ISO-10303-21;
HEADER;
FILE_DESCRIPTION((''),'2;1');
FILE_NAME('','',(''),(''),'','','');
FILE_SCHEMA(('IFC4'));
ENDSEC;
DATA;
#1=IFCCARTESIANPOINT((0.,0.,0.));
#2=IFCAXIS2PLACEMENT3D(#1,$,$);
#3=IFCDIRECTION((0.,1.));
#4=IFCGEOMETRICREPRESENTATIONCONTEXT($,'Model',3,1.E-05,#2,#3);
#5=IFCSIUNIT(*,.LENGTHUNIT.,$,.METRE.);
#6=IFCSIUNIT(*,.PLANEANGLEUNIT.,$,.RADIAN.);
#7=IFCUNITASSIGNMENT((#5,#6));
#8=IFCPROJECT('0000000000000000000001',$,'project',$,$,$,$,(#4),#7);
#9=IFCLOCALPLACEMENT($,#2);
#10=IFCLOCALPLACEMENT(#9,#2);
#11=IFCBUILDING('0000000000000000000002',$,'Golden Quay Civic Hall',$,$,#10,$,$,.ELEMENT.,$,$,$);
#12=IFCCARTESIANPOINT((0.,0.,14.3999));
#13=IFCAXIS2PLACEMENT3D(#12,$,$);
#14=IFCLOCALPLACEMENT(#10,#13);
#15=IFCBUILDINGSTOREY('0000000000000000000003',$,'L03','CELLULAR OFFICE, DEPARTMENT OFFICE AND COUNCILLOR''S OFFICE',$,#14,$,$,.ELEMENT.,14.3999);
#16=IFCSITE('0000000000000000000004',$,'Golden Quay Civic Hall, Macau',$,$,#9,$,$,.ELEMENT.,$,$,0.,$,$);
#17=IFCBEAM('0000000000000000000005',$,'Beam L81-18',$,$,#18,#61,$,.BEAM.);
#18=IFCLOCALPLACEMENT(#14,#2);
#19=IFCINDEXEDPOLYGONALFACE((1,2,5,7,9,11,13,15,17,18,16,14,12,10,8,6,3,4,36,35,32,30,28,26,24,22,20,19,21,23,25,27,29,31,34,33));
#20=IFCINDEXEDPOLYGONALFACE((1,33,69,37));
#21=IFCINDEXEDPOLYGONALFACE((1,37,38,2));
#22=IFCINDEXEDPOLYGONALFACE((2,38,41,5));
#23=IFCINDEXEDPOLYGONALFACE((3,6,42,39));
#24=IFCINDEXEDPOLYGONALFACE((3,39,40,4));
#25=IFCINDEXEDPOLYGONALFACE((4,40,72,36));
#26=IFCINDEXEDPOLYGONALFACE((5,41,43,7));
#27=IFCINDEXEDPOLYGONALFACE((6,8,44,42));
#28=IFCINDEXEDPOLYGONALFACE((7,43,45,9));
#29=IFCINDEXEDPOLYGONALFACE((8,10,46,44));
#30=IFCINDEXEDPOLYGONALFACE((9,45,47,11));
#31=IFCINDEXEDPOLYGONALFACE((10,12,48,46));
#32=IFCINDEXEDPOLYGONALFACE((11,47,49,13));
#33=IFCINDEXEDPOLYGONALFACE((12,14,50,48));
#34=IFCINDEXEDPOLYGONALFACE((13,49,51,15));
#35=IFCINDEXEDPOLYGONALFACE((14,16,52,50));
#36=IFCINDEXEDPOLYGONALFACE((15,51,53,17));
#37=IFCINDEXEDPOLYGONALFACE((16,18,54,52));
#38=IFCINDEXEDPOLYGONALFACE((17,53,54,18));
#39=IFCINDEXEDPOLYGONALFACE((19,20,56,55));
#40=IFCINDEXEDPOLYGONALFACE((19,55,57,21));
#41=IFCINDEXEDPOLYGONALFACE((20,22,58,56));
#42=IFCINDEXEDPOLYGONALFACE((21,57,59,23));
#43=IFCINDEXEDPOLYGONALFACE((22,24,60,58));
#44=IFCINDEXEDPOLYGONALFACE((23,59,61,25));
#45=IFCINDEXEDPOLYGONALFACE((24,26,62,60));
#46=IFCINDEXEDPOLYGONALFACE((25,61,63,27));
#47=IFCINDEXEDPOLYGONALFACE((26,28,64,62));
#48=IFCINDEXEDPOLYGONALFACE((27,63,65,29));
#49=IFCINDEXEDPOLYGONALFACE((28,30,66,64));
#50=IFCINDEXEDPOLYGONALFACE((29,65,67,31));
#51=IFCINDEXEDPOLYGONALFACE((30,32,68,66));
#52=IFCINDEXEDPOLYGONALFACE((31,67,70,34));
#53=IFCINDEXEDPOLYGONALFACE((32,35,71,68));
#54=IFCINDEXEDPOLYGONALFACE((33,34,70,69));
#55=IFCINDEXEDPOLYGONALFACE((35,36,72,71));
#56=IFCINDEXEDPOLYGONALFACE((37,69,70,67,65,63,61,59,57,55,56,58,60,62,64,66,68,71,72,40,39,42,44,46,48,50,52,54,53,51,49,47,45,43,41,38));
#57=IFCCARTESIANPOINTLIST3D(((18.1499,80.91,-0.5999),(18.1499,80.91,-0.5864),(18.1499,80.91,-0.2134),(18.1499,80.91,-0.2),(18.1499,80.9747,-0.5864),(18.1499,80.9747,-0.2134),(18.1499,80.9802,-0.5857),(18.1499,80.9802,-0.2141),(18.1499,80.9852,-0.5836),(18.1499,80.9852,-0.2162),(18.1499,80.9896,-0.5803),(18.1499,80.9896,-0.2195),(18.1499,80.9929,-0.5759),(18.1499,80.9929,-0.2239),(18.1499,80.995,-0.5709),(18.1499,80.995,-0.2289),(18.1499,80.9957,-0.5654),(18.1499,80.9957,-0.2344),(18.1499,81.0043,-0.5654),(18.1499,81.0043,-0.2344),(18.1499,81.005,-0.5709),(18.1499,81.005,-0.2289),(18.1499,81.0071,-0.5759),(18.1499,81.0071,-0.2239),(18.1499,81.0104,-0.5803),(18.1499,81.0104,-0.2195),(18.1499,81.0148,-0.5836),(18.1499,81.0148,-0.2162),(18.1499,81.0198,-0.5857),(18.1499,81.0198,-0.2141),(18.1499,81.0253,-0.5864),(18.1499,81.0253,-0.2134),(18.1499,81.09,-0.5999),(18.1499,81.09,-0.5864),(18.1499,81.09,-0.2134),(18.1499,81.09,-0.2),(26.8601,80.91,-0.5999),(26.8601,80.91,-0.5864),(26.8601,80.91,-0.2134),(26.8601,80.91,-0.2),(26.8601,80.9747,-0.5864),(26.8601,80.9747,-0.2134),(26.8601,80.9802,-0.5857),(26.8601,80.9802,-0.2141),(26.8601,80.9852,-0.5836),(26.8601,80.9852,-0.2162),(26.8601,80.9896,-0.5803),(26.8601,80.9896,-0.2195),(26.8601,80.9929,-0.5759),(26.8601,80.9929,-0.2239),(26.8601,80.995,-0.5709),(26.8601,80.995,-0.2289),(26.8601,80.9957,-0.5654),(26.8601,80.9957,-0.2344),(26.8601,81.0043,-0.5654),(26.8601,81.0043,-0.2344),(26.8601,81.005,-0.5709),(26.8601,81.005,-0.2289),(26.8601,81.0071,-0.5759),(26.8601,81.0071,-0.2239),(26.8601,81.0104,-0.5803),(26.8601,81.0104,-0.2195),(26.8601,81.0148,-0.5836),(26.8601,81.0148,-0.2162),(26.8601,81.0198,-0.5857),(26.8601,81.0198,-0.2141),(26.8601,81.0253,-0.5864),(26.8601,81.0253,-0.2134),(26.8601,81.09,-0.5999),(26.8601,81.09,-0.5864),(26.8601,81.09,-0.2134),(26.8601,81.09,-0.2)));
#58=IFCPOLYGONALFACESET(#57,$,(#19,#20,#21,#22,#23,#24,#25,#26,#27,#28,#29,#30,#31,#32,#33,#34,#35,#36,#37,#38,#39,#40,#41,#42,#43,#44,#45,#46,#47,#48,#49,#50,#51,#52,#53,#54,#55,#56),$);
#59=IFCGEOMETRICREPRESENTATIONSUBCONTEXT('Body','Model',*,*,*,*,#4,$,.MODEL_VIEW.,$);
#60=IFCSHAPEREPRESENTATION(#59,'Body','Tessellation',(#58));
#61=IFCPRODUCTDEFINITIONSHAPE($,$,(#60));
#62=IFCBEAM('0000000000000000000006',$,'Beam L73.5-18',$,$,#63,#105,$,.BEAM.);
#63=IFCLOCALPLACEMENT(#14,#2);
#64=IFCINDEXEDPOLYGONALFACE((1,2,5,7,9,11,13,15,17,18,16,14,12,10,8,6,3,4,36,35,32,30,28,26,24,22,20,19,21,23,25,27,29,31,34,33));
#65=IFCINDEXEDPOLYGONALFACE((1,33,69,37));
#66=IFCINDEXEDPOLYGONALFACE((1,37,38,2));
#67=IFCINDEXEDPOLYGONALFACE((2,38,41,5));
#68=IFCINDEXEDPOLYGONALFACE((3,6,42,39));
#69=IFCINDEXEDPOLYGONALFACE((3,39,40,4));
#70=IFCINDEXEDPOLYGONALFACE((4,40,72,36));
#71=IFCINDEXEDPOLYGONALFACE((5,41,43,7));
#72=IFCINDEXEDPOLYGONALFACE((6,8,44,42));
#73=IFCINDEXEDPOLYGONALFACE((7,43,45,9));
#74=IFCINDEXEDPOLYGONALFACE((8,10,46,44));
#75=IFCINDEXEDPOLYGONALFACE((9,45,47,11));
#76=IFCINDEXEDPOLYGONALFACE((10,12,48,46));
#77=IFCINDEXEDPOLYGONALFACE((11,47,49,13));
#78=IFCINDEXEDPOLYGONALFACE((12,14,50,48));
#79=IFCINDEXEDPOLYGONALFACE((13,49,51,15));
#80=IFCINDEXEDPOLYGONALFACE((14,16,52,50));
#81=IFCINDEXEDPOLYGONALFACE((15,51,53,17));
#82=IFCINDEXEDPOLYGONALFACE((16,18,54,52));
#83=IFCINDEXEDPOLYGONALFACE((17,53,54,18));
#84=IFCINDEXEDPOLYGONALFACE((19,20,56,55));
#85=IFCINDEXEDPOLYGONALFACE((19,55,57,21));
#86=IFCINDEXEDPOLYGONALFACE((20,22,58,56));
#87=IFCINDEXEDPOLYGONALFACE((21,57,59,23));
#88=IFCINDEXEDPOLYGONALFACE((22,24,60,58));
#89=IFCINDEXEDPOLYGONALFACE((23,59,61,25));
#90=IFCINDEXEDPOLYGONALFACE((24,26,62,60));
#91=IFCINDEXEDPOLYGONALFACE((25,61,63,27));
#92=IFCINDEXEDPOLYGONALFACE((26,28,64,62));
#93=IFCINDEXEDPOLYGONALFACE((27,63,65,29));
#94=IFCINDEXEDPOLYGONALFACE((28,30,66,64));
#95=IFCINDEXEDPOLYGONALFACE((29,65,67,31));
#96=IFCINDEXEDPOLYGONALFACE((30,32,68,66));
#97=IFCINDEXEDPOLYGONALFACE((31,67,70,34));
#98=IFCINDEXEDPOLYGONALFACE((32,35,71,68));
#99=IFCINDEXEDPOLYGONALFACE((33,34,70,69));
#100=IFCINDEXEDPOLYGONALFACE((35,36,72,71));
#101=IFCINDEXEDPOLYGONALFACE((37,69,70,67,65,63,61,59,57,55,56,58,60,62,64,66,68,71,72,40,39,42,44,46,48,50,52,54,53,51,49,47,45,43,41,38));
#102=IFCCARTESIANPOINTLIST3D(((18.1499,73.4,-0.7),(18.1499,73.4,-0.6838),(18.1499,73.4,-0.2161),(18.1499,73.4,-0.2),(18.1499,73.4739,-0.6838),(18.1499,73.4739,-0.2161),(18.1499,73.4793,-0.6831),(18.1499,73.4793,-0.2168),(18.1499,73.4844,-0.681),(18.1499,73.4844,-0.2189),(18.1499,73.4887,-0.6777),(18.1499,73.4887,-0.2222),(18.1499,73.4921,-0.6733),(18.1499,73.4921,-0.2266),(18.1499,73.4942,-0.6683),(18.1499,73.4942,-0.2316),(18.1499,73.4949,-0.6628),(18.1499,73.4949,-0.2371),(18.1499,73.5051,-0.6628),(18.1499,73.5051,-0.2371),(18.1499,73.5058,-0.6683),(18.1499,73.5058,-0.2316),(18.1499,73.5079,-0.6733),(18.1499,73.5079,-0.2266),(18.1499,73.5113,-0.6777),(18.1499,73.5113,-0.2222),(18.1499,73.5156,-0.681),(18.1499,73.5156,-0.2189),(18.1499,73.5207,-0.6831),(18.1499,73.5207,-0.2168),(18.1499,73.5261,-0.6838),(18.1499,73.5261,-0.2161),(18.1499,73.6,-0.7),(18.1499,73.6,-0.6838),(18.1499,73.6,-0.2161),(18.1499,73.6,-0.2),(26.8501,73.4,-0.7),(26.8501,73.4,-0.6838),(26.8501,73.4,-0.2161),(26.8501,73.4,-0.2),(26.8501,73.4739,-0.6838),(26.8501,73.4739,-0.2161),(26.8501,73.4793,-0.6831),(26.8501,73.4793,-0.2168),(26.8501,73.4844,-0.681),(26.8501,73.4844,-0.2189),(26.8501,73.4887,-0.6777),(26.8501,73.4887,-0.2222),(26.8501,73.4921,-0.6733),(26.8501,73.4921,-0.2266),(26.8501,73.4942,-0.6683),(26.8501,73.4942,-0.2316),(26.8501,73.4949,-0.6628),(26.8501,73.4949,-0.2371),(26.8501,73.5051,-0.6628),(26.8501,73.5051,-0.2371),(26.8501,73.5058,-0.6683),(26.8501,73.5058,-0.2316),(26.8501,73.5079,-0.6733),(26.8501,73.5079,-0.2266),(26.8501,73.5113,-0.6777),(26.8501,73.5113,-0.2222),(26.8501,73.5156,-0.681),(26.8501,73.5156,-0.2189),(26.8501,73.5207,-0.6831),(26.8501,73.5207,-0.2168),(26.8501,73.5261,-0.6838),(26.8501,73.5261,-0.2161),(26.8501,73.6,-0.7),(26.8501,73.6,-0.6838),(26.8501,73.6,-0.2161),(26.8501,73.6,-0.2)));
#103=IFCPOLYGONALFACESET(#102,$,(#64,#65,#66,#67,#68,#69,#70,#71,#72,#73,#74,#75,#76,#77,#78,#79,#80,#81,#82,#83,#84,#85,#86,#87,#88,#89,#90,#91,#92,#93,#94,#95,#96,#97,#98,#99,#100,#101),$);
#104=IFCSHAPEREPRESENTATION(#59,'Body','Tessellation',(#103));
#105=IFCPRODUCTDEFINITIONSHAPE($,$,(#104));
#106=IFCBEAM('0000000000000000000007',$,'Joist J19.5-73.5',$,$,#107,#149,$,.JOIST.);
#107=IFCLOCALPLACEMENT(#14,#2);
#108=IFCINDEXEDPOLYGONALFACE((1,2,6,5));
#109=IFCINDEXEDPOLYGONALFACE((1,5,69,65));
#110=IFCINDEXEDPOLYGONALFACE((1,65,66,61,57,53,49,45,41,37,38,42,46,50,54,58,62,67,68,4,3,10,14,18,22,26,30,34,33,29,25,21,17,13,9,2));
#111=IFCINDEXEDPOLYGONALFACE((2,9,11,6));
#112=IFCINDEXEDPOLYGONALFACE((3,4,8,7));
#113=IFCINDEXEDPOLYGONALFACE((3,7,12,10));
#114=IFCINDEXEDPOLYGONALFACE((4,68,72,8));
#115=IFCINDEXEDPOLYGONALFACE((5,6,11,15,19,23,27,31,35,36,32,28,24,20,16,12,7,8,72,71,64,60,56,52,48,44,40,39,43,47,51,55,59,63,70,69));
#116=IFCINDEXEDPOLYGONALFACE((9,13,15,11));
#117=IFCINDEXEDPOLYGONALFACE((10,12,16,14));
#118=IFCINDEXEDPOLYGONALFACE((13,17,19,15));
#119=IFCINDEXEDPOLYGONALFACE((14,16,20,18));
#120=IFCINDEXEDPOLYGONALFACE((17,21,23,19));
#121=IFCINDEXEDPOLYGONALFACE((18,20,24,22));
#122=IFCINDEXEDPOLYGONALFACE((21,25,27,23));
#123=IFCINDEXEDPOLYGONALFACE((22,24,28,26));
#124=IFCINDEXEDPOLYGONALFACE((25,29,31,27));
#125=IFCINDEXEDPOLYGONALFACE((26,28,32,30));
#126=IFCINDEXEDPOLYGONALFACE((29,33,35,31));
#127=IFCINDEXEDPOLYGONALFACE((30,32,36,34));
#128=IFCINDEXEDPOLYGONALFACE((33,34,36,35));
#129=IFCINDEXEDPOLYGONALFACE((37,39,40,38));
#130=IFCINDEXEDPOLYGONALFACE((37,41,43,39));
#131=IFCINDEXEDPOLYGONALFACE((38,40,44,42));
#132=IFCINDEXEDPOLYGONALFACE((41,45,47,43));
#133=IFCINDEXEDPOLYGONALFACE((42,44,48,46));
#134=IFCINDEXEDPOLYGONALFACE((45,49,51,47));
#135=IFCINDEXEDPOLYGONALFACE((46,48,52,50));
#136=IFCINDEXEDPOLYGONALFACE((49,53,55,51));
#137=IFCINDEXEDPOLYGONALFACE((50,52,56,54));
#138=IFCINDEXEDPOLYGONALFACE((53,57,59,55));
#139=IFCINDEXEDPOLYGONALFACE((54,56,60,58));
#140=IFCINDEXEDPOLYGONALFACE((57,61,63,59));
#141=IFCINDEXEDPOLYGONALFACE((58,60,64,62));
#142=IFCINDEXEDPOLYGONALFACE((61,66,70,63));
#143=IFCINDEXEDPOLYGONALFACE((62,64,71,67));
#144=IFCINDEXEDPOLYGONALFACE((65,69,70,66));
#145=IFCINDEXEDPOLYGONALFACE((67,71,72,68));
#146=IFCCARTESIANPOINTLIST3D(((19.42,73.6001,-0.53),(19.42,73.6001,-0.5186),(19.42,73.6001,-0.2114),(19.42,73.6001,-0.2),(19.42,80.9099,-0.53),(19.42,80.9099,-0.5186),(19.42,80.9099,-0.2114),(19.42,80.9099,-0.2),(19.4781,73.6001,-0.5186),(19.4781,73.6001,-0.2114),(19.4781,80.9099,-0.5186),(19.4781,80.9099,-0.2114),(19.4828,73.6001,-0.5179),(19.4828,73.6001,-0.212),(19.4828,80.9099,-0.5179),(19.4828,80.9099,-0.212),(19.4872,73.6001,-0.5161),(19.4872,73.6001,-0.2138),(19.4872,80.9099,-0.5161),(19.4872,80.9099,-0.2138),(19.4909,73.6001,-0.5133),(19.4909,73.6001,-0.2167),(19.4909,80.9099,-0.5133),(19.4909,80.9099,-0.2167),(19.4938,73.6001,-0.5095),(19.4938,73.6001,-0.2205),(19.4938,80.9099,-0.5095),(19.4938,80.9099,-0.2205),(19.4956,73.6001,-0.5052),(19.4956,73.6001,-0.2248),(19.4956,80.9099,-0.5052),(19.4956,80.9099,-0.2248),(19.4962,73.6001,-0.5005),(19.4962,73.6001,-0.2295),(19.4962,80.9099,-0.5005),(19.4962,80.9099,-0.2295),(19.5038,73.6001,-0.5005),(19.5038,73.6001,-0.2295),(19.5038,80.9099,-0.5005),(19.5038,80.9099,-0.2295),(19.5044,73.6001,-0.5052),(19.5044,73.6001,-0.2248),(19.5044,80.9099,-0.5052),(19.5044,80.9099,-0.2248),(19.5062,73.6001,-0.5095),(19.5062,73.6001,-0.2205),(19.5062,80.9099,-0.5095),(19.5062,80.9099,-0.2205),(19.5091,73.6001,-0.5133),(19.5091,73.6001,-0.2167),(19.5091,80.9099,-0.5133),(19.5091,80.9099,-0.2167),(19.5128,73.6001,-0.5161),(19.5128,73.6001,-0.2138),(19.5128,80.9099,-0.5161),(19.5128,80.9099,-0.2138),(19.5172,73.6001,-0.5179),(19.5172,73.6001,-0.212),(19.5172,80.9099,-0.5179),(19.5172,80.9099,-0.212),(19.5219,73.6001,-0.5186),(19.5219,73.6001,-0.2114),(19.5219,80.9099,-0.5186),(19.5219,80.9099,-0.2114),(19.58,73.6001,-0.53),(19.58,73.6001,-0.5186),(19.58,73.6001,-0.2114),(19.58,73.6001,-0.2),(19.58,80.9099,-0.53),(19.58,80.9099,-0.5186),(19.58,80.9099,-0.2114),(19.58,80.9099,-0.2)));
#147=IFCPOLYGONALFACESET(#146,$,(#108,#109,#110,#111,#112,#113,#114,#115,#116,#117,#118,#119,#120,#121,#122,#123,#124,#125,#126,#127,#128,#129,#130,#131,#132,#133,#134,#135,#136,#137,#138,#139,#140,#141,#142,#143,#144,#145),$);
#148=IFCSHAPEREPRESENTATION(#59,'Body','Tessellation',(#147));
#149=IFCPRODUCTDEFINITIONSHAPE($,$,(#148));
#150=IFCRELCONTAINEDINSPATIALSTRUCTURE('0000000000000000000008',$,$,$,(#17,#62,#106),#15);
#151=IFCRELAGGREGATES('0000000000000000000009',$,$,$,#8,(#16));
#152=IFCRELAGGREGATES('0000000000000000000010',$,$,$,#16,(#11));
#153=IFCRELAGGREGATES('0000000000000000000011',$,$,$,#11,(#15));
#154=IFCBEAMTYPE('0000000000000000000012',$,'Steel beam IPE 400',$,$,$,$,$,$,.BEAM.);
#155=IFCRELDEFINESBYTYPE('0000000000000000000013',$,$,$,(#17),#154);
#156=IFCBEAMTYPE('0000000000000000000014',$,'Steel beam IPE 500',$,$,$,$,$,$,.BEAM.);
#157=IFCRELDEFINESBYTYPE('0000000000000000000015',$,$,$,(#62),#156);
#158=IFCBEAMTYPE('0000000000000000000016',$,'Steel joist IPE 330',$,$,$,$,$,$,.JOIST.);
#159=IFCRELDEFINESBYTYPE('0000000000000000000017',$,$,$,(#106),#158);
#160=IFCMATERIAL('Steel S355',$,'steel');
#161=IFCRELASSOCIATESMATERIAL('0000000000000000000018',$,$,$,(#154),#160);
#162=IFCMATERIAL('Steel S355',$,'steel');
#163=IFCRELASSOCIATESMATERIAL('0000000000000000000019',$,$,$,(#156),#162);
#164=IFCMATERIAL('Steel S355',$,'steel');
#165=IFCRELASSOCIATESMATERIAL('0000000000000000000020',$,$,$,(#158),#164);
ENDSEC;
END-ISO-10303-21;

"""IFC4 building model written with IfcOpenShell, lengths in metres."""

from ifc_helpers import new_model, si_unit, direction, frame, origin, origin_2d, place, context, subcontext, project, spatial, i_section, extrude, material, material_profile, profile_set, type_object, element, save


model = new_model("IFC4")

# Units and contexts
model_context = context("Model", 3, precision=1e-05, world=origin(), true_north=direction((0.0, 1.0)))
body_context = subcontext(model_context, "Body", "Model", "MODEL_VIEW")
ifc_project = project(units=[si_unit("LENGTHUNIT", "METRE"), si_unit("PLANEANGLEUNIT", "RADIAN")], contexts=[model_context])

# Site, building, storey
site_placement = place(None, origin())
site = spatial("IfcSite", under=ifc_project, at=site_placement, Name="Golden Quay Civic Hall, Macau", CompositionType="ELEMENT", RefElevation=0.0)
building_placement = place(site_placement, origin())
building = spatial("IfcBuilding", under=site, at=building_placement, Name="Golden Quay Civic Hall", CompositionType="ELEMENT")
storey_placement = place(building_placement, frame((0.0, 0.0, 14.3999)))
storey = spatial("IfcBuildingStorey", under=building, at=storey_placement, Name="L03", Description="CELLULAR OFFICE, DEPARTMENT OFFICE AND COUNCILLOR'S OFFICE", CompositionType="ELEMENT", Elevation=14.3999)

# Beams
ifc_material_1 = material(Name="Steel S355", Category="steel")
ifc_material_profile_1 = material_profile(ifc_material_1, i_section(OverallWidth=0.1799, OverallDepth=0.3999, WebThickness=0.0085, FlangeThickness=0.0134, FilletRadius=0.021, at=origin_2d()), Name="IPE 400")
ifc_profile_set_1 = profile_set([ifc_material_profile_1], Name="Steel S355")
beam_type_1 = type_object("IfcBeamType", Name="Steel beam IPE 400", PredefinedType="BEAM", material=ifc_profile_set_1)
beam_1_placement = place(storey_placement, frame((18.1499, 81.0, -0.3999), z_axis=(1.0, 0.0, 0.0), x_axis=(0.0, 1.0, 0.0)))
element("IfcBeam", 1, at=beam_1_placement, inside=storey, type_object=beam_type_1, Name="Beam L81-18", PredefinedType="BEAM", context=body_context, shape_type="SweptSolid", body=[
    extrude(i_section(OverallWidth=0.1799, OverallDepth=0.3999, WebThickness=0.0085, FlangeThickness=0.0134, FilletRadius=0.021, at=origin_2d()), origin(), (0.0, 0.0, 1.0), 8.7102),
])
ifc_material_2 = material(Name="Steel S355", Category="steel")
ifc_material_profile_2 = material_profile(ifc_material_2, i_section(OverallWidth=0.2, OverallDepth=0.5, WebThickness=0.0103, FlangeThickness=0.0161, FilletRadius=0.021, at=origin_2d()), Name="IPE 500")
ifc_profile_set_2 = profile_set([ifc_material_profile_2], Name="Steel S355")
beam_type_2 = type_object("IfcBeamType", Name="Steel beam IPE 500", PredefinedType="BEAM", material=ifc_profile_set_2)
beam_2_placement = place(storey_placement, frame((18.1499, 73.5, -0.45), z_axis=(1.0, 0.0, 0.0), x_axis=(0.0, 1.0, 0.0)))
element("IfcBeam", 2, at=beam_2_placement, inside=storey, type_object=beam_type_2, Name="Beam L73.5-18", PredefinedType="BEAM", context=body_context, shape_type="SweptSolid", body=[
    extrude(i_section(OverallWidth=0.2, OverallDepth=0.5, WebThickness=0.0103, FlangeThickness=0.0161, FilletRadius=0.021, at=origin_2d()), origin(), (0.0, 0.0, 1.0), 8.7002),
])
ifc_material_3 = material(Name="Steel S355", Category="steel")
ifc_material_profile_3 = material_profile(ifc_material_3, i_section(OverallWidth=0.1599, OverallDepth=0.3301, WebThickness=0.0076, FlangeThickness=0.0115, FilletRadius=0.0181, at=origin_2d()), Name="IPE 330")
ifc_profile_set_3 = profile_set([ifc_material_profile_3], Name="Steel S355")
beam_type_3 = type_object("IfcBeamType", Name="Steel joist IPE 330", PredefinedType="JOIST", material=ifc_profile_set_3)
beam_3_placement = place(storey_placement, frame((19.5, 73.6001, -0.365), z_axis=(0.0, 1.0, 0.0), x_axis=(-1.0, 0.0, 0.0)))
element("IfcBeam", 3, at=beam_3_placement, inside=storey, type_object=beam_type_3, Name="Joist J19.5-73.5", PredefinedType="JOIST", context=body_context, shape_type="SweptSolid", body=[
    extrude(i_section(OverallWidth=0.1599, OverallDepth=0.3301, WebThickness=0.0076, FlangeThickness=0.0115, FilletRadius=0.0181, at=origin_2d()), origin(), (0.0, 0.0, 1.0), 7.3098),
])

save(model, "model.ifc")
